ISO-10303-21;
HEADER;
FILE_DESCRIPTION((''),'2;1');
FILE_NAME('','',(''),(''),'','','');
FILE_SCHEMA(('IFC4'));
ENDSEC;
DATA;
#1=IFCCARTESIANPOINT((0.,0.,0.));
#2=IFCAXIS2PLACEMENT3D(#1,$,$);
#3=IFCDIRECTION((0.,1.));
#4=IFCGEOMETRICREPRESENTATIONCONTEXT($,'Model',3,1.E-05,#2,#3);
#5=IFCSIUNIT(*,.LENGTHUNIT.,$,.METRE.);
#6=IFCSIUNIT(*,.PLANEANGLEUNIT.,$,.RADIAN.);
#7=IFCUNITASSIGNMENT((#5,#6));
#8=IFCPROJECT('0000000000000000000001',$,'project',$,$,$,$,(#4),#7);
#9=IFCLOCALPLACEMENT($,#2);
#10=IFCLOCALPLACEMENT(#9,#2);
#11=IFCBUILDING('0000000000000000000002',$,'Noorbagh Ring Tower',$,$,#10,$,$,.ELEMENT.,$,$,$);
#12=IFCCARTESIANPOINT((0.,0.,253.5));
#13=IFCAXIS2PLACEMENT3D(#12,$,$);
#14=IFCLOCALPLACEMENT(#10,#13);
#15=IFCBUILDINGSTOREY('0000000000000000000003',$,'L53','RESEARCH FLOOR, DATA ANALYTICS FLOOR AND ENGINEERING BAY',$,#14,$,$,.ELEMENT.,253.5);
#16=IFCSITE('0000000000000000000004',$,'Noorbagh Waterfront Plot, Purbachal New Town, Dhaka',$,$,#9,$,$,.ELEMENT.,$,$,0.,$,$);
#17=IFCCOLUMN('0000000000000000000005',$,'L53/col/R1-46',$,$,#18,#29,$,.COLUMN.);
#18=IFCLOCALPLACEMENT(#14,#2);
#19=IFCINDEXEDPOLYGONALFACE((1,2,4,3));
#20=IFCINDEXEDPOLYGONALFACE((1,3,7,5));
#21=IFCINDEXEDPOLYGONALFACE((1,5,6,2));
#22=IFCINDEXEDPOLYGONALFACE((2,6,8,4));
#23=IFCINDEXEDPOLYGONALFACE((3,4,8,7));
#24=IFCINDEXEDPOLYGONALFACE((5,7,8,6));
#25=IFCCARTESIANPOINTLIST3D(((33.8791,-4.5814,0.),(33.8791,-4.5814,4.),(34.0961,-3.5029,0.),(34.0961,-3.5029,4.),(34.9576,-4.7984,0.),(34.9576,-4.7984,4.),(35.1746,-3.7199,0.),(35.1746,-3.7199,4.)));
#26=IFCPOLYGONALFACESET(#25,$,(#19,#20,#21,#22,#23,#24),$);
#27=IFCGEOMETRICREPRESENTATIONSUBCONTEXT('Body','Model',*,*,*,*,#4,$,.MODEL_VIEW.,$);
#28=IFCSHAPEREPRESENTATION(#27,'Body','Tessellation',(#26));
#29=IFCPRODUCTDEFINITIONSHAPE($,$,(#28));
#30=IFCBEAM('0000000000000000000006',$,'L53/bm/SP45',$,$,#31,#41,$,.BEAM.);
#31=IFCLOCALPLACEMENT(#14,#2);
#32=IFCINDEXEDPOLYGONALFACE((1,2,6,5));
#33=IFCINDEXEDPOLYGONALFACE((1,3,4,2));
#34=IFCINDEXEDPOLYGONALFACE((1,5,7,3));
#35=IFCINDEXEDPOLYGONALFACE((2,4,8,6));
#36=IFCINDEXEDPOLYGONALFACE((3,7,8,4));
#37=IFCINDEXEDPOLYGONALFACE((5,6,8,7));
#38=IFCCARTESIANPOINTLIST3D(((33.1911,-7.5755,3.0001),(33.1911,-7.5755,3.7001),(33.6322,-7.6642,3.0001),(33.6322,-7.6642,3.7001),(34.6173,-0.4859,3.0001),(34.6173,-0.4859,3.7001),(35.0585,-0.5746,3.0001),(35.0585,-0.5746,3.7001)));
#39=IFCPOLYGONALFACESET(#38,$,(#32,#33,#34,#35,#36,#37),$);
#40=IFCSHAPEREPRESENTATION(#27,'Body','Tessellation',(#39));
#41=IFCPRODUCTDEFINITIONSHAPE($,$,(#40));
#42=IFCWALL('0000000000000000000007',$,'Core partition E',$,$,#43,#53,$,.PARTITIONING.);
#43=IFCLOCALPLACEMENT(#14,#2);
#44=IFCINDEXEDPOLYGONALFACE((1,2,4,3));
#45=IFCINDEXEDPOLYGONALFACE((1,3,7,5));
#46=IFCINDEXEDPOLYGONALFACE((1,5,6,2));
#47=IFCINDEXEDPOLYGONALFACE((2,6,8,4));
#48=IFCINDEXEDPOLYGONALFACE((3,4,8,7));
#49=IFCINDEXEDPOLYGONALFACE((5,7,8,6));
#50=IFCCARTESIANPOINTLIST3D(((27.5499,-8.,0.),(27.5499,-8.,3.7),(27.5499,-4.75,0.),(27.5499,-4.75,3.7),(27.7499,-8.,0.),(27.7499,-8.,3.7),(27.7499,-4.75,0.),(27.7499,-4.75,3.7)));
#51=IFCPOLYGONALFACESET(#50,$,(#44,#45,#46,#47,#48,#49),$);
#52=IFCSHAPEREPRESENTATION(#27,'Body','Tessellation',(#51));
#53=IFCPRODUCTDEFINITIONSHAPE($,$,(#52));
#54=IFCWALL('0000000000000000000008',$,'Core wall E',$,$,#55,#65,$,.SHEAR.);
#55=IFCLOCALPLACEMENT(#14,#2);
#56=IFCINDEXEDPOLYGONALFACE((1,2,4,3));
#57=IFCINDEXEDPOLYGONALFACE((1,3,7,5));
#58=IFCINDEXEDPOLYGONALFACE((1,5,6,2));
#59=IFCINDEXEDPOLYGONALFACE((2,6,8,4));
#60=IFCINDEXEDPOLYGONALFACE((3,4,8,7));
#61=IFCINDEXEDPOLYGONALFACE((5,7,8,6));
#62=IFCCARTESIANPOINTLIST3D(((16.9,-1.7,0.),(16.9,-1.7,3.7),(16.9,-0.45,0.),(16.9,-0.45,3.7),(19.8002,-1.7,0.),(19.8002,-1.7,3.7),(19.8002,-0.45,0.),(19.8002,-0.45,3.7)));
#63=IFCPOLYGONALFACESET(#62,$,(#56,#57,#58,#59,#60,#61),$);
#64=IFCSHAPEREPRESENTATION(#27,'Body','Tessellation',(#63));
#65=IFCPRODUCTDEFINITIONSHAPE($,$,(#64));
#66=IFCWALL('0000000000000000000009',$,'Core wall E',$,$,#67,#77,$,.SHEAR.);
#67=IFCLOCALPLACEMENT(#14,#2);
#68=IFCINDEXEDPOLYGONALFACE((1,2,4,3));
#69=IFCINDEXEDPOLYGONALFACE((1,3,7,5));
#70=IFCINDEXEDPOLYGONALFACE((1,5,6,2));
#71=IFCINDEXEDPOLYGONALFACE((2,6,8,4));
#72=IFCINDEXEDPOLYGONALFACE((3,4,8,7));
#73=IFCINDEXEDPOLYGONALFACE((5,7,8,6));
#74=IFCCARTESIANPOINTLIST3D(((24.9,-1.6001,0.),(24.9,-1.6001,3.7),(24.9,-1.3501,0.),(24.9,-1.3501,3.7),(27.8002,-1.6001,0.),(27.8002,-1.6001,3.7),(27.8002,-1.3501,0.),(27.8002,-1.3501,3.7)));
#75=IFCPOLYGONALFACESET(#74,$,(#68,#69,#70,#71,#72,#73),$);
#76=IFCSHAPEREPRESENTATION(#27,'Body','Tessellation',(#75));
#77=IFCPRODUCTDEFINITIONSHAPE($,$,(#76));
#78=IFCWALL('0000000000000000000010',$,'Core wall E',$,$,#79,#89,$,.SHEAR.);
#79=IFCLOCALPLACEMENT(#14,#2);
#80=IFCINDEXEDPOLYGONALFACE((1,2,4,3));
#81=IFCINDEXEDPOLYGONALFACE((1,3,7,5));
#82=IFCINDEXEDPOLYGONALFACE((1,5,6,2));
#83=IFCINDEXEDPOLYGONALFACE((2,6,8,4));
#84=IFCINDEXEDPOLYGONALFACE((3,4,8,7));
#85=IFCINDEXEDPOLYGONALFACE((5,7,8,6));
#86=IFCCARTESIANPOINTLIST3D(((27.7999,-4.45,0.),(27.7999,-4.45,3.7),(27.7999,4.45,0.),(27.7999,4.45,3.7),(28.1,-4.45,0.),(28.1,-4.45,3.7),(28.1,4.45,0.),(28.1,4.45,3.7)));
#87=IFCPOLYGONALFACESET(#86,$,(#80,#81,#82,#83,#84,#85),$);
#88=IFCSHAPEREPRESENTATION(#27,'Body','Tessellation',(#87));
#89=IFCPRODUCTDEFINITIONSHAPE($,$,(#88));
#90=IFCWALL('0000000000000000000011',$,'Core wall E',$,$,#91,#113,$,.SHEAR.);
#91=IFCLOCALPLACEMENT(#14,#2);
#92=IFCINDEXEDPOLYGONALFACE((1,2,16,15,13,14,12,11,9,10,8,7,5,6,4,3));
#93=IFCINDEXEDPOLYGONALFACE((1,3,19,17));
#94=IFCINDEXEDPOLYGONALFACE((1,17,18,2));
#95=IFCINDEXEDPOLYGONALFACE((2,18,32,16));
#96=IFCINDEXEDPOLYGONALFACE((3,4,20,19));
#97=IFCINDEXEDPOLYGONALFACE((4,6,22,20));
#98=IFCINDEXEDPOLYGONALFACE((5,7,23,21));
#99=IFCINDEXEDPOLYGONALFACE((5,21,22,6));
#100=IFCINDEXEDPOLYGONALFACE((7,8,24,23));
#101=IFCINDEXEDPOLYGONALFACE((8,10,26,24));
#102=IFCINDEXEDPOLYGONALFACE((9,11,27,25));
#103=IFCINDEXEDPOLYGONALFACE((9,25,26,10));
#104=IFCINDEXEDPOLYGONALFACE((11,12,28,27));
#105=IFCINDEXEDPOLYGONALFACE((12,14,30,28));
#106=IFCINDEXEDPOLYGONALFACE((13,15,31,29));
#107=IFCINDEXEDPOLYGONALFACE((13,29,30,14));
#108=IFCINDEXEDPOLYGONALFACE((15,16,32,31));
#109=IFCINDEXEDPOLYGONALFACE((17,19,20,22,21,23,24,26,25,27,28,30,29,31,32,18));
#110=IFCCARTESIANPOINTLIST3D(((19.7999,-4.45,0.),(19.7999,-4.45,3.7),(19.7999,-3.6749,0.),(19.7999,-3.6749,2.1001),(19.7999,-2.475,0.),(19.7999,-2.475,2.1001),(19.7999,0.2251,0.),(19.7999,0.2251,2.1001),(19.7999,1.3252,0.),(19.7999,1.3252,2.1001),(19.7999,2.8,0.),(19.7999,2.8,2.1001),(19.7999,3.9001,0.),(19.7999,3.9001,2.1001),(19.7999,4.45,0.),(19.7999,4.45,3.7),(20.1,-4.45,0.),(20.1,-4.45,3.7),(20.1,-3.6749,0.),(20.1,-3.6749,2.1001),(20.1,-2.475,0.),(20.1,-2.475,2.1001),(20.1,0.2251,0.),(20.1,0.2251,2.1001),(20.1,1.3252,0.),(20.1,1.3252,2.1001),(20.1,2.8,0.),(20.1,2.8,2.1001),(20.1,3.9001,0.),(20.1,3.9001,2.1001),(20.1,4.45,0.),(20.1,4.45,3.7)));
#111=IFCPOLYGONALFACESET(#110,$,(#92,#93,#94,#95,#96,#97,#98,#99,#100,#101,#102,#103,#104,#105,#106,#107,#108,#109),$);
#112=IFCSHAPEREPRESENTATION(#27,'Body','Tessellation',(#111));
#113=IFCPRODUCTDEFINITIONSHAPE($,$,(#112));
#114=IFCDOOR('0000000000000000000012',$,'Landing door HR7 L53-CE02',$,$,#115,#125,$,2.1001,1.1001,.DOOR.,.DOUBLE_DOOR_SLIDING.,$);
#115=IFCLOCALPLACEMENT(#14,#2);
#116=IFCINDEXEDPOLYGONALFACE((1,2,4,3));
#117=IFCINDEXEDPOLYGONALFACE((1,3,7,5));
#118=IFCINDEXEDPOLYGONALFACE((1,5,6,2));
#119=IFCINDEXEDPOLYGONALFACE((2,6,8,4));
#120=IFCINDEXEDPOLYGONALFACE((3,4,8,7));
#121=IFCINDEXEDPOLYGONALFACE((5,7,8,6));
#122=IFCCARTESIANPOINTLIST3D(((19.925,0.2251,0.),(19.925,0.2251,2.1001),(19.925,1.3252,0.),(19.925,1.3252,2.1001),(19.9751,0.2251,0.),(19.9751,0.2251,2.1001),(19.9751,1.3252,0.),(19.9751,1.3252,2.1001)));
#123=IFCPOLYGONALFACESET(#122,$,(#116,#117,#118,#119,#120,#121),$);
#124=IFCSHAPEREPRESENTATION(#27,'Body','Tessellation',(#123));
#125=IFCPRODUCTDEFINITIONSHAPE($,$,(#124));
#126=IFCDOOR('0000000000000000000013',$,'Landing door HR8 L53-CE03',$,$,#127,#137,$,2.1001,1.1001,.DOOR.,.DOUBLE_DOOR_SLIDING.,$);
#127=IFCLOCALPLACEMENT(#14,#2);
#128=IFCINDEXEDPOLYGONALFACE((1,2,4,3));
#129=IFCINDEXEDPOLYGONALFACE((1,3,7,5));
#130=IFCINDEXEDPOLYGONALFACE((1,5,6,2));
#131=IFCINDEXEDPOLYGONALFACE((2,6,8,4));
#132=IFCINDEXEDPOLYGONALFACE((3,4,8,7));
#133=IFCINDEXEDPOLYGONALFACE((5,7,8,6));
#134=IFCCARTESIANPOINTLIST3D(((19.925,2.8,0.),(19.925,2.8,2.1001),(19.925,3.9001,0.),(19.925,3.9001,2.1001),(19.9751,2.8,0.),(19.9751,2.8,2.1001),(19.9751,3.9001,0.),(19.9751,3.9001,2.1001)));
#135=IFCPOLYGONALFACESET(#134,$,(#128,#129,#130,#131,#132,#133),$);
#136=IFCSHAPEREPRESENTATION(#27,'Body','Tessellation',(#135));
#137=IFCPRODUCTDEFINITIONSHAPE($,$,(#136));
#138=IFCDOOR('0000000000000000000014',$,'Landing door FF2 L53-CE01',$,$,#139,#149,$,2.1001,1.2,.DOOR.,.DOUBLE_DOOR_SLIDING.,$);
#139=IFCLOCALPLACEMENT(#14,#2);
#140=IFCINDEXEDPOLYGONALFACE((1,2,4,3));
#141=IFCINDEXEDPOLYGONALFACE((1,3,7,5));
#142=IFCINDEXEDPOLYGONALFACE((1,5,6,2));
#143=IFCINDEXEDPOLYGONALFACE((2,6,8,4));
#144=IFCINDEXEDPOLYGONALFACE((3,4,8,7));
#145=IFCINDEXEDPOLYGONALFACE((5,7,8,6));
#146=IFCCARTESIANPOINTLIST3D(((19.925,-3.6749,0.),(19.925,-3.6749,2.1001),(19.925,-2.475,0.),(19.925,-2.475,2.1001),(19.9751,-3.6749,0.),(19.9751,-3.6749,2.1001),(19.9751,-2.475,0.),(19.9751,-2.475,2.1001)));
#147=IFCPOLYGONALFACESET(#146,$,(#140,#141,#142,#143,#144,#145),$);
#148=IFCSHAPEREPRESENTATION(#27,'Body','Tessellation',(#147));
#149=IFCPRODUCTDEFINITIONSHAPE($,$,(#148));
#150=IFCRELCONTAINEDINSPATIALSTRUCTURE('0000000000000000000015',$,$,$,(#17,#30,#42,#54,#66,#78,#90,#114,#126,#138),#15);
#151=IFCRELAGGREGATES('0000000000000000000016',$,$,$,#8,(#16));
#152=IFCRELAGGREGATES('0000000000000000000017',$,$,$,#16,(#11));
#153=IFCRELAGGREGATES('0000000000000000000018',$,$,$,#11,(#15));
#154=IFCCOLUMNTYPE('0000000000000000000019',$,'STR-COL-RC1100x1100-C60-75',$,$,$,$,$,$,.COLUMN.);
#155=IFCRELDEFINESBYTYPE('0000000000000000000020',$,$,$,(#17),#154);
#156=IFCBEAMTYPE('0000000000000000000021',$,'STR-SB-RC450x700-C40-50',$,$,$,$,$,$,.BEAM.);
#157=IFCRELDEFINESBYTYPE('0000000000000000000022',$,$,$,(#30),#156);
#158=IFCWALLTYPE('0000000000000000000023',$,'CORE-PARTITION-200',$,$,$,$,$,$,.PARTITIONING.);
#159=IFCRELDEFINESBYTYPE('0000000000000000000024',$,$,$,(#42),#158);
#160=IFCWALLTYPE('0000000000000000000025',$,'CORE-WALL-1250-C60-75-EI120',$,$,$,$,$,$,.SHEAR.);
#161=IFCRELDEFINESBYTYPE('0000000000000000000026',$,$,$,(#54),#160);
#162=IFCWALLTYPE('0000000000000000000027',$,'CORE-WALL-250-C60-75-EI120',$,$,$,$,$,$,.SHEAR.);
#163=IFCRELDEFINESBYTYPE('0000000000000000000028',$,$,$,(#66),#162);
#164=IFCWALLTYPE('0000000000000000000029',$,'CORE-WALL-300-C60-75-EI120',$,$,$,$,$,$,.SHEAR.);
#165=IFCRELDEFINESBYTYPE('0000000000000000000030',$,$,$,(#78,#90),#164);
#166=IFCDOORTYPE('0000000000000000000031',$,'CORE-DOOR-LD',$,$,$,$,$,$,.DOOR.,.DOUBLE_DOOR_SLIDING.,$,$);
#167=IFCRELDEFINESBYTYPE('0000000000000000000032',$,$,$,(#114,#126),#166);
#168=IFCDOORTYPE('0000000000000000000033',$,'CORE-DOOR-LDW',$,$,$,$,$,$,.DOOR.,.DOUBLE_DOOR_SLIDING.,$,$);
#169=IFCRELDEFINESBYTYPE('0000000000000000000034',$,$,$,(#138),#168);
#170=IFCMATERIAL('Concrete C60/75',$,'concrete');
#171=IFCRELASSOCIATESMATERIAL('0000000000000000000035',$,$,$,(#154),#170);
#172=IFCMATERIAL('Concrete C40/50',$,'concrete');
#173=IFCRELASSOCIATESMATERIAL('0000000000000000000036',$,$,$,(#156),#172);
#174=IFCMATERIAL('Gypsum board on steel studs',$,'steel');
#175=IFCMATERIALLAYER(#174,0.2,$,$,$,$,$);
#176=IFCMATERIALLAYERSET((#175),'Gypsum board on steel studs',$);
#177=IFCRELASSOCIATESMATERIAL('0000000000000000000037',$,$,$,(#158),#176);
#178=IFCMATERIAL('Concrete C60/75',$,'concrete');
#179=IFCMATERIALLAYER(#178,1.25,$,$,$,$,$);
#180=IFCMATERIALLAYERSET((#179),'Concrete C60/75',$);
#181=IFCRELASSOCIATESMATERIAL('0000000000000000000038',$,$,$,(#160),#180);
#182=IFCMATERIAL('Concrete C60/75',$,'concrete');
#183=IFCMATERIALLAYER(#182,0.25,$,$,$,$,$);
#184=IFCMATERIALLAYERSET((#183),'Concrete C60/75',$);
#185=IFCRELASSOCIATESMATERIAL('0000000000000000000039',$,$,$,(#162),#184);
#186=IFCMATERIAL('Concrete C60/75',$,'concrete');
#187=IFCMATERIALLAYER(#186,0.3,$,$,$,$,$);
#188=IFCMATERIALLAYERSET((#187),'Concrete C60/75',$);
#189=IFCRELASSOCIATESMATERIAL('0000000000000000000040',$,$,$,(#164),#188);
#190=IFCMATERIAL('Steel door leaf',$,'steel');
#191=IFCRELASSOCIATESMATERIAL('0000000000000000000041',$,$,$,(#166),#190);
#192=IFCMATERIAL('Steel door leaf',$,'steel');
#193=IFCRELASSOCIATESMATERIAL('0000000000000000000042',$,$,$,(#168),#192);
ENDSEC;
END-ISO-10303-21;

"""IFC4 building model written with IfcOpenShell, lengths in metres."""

from ifc_helpers import new_model, si_unit, direction, frame, frame_2d, origin, origin_2d, place, context, subcontext, project, spatial, rectangle, extrude, material, layer, layer_set, material_profile, profile_set, type_object, element, fill, save


model = new_model("IFC4")

# Units and contexts
model_context = context("Model", 3, precision=1e-05, world=origin(), true_north=direction((0.0, 1.0)))
body_context = subcontext(model_context, "Body", "Model", "MODEL_VIEW")
ifc_project = project(units=[si_unit("LENGTHUNIT", "METRE"), si_unit("PLANEANGLEUNIT", "RADIAN")], contexts=[model_context])

# Site, building, storey
site_placement = place(None, origin())
site = spatial("IfcSite", under=ifc_project, at=site_placement, Name="Noorbagh Waterfront Plot, Purbachal New Town, Dhaka", CompositionType="ELEMENT", RefElevation=0.0)
building_placement = place(site_placement, origin())
building = spatial("IfcBuilding", under=site, at=building_placement, Name="Noorbagh Ring Tower", CompositionType="ELEMENT")
storey_placement = place(building_placement, frame((0.0, 0.0, 253.5)))
storey = spatial("IfcBuildingStorey", under=building, at=storey_placement, Name="L53", Description="RESEARCH FLOOR, DATA ANALYTICS FLOOR AND ENGINEERING BAY", CompositionType="ELEMENT", Elevation=253.5)

# Column
ifc_material_1 = material(Name="Concrete C60/75", Category="concrete")
ifc_material_profile_1 = material_profile(ifc_material_1, rectangle(XDim=1.1001, YDim=1.1001, at=origin_2d()), Name="RC1100x1100")
ifc_profile_set_1 = profile_set([ifc_material_profile_1], Name="Concrete C60/75")
column_type = type_object("IfcColumnType", Name="STR-COL-RC1100x1100-C60-75", PredefinedType="COLUMN", material=ifc_profile_set_1)
column_placement = place(storey_placement, frame((34.5269, -4.1506, 0.0), z_axis=(0.0, 0.0, 1.0), x_axis=(0.19723, 0.980357, 0.0)))
element("IfcColumn", 1, at=column_placement, inside=storey, type_object=column_type, Name="L53/col/R1-46", PredefinedType="COLUMN", context=body_context, shape_type="SweptSolid", body=[
    extrude(rectangle(XDim=1.1001, YDim=1.1001, at=origin_2d()), origin(), (0.0, 0.0, 1.0), 4.0),
])

# Beam
ifc_material_2 = material(Name="Concrete C40/50", Category="concrete")
ifc_material_profile_2 = material_profile(ifc_material_2, rectangle(XDim=0.45, YDim=0.7, at=origin_2d()), Name="RC450x700")
ifc_profile_set_2 = profile_set([ifc_material_profile_2], Name="Concrete C40/50")
beam_type = type_object("IfcBeamType", Name="STR-SB-RC450x700-C40-50", PredefinedType="BEAM", material=ifc_profile_set_2)
beam_placement = place(storey_placement, frame((33.4116, -7.6199, 3.3501), z_axis=(0.197226, 0.980358, 0.0), x_axis=(-0.980358, 0.197226, 0.0)))
element("IfcBeam", 2, at=beam_placement, inside=storey, type_object=beam_type, Name="L53/bm/SP45", PredefinedType="BEAM", context=body_context, shape_type="SweptSolid", body=[
    extrude(rectangle(XDim=0.45, YDim=0.7, at=origin_2d()), origin(), (0.0, 0.0, 1.0), 7.2317),
])

# Walls
ifc_material_3 = material(Name="Gypsum board on steel studs", Category="steel")
ifc_layer_1 = layer(ifc_material_3, 0.2)
ifc_layer_set_1 = layer_set([ifc_layer_1], Name="Gypsum board on steel studs")
wall_type_1 = type_object("IfcWallType", Name="CORE-PARTITION-200", PredefinedType="PARTITIONING", material=ifc_layer_set_1)
wall_1_placement = place(storey_placement, frame((27.6499, -8.0, 0.0), z_axis=(0.0, 0.0, 1.0), x_axis=(0.0, 1.0, 0.0)))
element("IfcWall", 3, at=wall_1_placement, inside=storey, type_object=wall_type_1, Name="Core partition E", PredefinedType="PARTITIONING", context=body_context, shape_type="SweptSolid", body=[
    extrude(rectangle(XDim=3.25, YDim=0.2, at=frame_2d((1.625, 0.0))), origin(), (0.0, 0.0, 1.0), 3.7),
])
ifc_material_4 = material(Name="Concrete C60/75", Category="concrete")
ifc_layer_2 = layer(ifc_material_4, 1.25)
ifc_layer_set_2 = layer_set([ifc_layer_2], Name="Concrete C60/75")
wall_type_2 = type_object("IfcWallType", Name="CORE-WALL-1250-C60-75-EI120", PredefinedType="SHEAR", material=ifc_layer_set_2)
wall_2_placement = place(storey_placement, frame((16.8999, -1.075, 0.0), z_axis=(0.0, 0.0, 1.0), x_axis=(1.0, 0.0, 0.0)))
element("IfcWall", 4, at=wall_2_placement, inside=storey, type_object=wall_type_2, Name="Core wall E", PredefinedType="SHEAR", context=body_context, shape_type="SweptSolid", body=[
    extrude(rectangle(XDim=2.9001, YDim=1.25, at=frame_2d((1.4502, 0.0))), origin(), (0.0, 0.0, 1.0), 3.7),
])
ifc_material_5 = material(Name="Concrete C60/75", Category="concrete")
ifc_layer_3 = layer(ifc_material_5, 0.25)
ifc_layer_set_3 = layer_set([ifc_layer_3], Name="Concrete C60/75")
wall_type_3 = type_object("IfcWallType", Name="CORE-WALL-250-C60-75-EI120", PredefinedType="SHEAR", material=ifc_layer_set_3)
wall_3_placement = place(storey_placement, frame((24.8999, -1.4751, 0.0), z_axis=(0.0, 0.0, 1.0), x_axis=(1.0, 0.0, 0.0)))
element("IfcWall", 5, at=wall_3_placement, inside=storey, type_object=wall_type_3, Name="Core wall E", PredefinedType="SHEAR", context=body_context, shape_type="SweptSolid", body=[
    extrude(rectangle(XDim=2.9001, YDim=0.25, at=frame_2d((1.4502, 0.0))), origin(), (0.0, 0.0, 1.0), 3.7),
])
ifc_material_6 = material(Name="Concrete C60/75", Category="concrete")
ifc_layer_4 = layer(ifc_material_6, 0.3)
ifc_layer_set_4 = layer_set([ifc_layer_4], Name="Concrete C60/75")
wall_type_4 = type_object("IfcWallType", Name="CORE-WALL-300-C60-75-EI120", PredefinedType="SHEAR", material=ifc_layer_set_4)
wall_4_placement = place(storey_placement, frame((27.95, -4.45, 0.0), z_axis=(0.0, 0.0, 1.0), x_axis=(0.0, 1.0, 0.0)))
element("IfcWall", 6, at=wall_4_placement, inside=storey, type_object=wall_type_4, Name="Core wall E", PredefinedType="SHEAR", context=body_context, shape_type="SweptSolid", body=[
    extrude(rectangle(XDim=8.8999, YDim=0.3, at=frame_2d((4.45, 0.0))), origin(), (0.0, 0.0, 1.0), 3.7),
])

# Wall, openings, doors
wall_5_placement = place(storey_placement, frame((19.95, -4.45, 0.0), z_axis=(0.0, 0.0, 1.0), x_axis=(0.0, 1.0, 0.0)))
wall_5 = element("IfcWall", 7, at=wall_5_placement, inside=storey, type_object=wall_type_4, Name="Core wall E", PredefinedType="SHEAR", context=body_context, shape_type="SweptSolid", body=[
    extrude(rectangle(XDim=8.8999, YDim=0.3, at=frame_2d((4.45, 0.0))), origin(), (0.0, 0.0, 1.0), 3.7),
])
opening_1_placement = place(wall_5_placement, frame((0.7749, 0.0, 0.0)))
opening_1 = element("IfcOpeningElement", 8, at=opening_1_placement, cuts=wall_5, PredefinedType="OPENING", context=body_context, shape_type="SweptSolid", body=[
    extrude(rectangle(XDim=1.2, YDim=2.1001, at=frame_2d((0.6001, 1.05))), frame((0.0, 0.1602, 0.0), z_axis=(0.0, -1.0, 0.0), x_axis=(1.0, 0.0, 0.0)), (0.0, 0.0, 1.0), 0.3201),
])
opening_2_placement = place(wall_5_placement, frame((4.675, 0.0, 0.0)))
opening_2 = element("IfcOpeningElement", 9, at=opening_2_placement, cuts=wall_5, PredefinedType="OPENING", context=body_context, shape_type="SweptSolid", body=[
    extrude(rectangle(XDim=1.1001, YDim=2.1001, at=frame_2d((0.55, 1.05))), frame((0.0, 0.1602, 0.0), z_axis=(0.0, -1.0, 0.0), x_axis=(1.0, 0.0, 0.0)), (0.0, 0.0, 1.0), 0.3201),
])
opening_3_placement = place(wall_5_placement, frame((7.25, 0.0, 0.0)))
opening_3 = element("IfcOpeningElement", 10, at=opening_3_placement, cuts=wall_5, PredefinedType="OPENING", context=body_context, shape_type="SweptSolid", body=[
    extrude(rectangle(XDim=1.1001, YDim=2.1001, at=frame_2d((0.55, 1.05))), frame((0.0, 0.1602, 0.0), z_axis=(0.0, -1.0, 0.0), x_axis=(1.0, 0.0, 0.0)), (0.0, 0.0, 1.0), 0.3201),
])
ifc_material_7 = material(Name="Steel door leaf", Category="steel")
door_type_1 = type_object("IfcDoorType", Name="CORE-DOOR-LD", OperationType="DOUBLE_DOOR_SLIDING", PredefinedType="DOOR", material=ifc_material_7)
door_1_placement = place(opening_2_placement, origin())
door_1 = element("IfcDoor", 11, at=door_1_placement, inside=storey, type_object=door_type_1, Name="Landing door HR7 L53-CE02", OperationType="DOUBLE_DOOR_SLIDING", OverallHeight=2.1001, OverallWidth=1.1001, PredefinedType="DOOR", context=body_context, shape_type="SweptSolid", body=[
    extrude(rectangle(XDim=1.1001, YDim=2.1001, at=frame_2d((0.55, 1.05))), frame((0.0, 0.0249, 0.0), z_axis=(0.0, -1.0, 0.0), x_axis=(1.0, 0.0, 0.0)), (0.0, 0.0, 1.0), 0.05),
])
fill(opening_2, door_1)
door_2_placement = place(opening_3_placement, origin())
door_2 = element("IfcDoor", 12, at=door_2_placement, inside=storey, type_object=door_type_1, Name="Landing door HR8 L53-CE03", OperationType="DOUBLE_DOOR_SLIDING", OverallHeight=2.1001, OverallWidth=1.1001, PredefinedType="DOOR", context=body_context, shape_type="SweptSolid", body=[
    extrude(rectangle(XDim=1.1001, YDim=2.1001, at=frame_2d((0.55, 1.05))), frame((0.0, 0.0249, 0.0), z_axis=(0.0, -1.0, 0.0), x_axis=(1.0, 0.0, 0.0)), (0.0, 0.0, 1.0), 0.05),
])
fill(opening_3, door_2)
ifc_material_8 = material(Name="Steel door leaf", Category="steel")
door_type_2 = type_object("IfcDoorType", Name="CORE-DOOR-LDW", OperationType="DOUBLE_DOOR_SLIDING", PredefinedType="DOOR", material=ifc_material_8)
door_3_placement = place(opening_1_placement, origin())
door_3 = element("IfcDoor", 13, at=door_3_placement, inside=storey, type_object=door_type_2, Name="Landing door FF2 L53-CE01", OperationType="DOUBLE_DOOR_SLIDING", OverallHeight=2.1001, OverallWidth=1.2, PredefinedType="DOOR", context=body_context, shape_type="SweptSolid", body=[
    extrude(rectangle(XDim=1.2, YDim=2.1001, at=frame_2d((0.6001, 1.05))), frame((0.0, 0.0249, 0.0), z_axis=(0.0, -1.0, 0.0), x_axis=(1.0, 0.0, 0.0)), (0.0, 0.0, 1.0), 0.05),
])
fill(opening_1, door_3)

save(model, "model.ifc")
